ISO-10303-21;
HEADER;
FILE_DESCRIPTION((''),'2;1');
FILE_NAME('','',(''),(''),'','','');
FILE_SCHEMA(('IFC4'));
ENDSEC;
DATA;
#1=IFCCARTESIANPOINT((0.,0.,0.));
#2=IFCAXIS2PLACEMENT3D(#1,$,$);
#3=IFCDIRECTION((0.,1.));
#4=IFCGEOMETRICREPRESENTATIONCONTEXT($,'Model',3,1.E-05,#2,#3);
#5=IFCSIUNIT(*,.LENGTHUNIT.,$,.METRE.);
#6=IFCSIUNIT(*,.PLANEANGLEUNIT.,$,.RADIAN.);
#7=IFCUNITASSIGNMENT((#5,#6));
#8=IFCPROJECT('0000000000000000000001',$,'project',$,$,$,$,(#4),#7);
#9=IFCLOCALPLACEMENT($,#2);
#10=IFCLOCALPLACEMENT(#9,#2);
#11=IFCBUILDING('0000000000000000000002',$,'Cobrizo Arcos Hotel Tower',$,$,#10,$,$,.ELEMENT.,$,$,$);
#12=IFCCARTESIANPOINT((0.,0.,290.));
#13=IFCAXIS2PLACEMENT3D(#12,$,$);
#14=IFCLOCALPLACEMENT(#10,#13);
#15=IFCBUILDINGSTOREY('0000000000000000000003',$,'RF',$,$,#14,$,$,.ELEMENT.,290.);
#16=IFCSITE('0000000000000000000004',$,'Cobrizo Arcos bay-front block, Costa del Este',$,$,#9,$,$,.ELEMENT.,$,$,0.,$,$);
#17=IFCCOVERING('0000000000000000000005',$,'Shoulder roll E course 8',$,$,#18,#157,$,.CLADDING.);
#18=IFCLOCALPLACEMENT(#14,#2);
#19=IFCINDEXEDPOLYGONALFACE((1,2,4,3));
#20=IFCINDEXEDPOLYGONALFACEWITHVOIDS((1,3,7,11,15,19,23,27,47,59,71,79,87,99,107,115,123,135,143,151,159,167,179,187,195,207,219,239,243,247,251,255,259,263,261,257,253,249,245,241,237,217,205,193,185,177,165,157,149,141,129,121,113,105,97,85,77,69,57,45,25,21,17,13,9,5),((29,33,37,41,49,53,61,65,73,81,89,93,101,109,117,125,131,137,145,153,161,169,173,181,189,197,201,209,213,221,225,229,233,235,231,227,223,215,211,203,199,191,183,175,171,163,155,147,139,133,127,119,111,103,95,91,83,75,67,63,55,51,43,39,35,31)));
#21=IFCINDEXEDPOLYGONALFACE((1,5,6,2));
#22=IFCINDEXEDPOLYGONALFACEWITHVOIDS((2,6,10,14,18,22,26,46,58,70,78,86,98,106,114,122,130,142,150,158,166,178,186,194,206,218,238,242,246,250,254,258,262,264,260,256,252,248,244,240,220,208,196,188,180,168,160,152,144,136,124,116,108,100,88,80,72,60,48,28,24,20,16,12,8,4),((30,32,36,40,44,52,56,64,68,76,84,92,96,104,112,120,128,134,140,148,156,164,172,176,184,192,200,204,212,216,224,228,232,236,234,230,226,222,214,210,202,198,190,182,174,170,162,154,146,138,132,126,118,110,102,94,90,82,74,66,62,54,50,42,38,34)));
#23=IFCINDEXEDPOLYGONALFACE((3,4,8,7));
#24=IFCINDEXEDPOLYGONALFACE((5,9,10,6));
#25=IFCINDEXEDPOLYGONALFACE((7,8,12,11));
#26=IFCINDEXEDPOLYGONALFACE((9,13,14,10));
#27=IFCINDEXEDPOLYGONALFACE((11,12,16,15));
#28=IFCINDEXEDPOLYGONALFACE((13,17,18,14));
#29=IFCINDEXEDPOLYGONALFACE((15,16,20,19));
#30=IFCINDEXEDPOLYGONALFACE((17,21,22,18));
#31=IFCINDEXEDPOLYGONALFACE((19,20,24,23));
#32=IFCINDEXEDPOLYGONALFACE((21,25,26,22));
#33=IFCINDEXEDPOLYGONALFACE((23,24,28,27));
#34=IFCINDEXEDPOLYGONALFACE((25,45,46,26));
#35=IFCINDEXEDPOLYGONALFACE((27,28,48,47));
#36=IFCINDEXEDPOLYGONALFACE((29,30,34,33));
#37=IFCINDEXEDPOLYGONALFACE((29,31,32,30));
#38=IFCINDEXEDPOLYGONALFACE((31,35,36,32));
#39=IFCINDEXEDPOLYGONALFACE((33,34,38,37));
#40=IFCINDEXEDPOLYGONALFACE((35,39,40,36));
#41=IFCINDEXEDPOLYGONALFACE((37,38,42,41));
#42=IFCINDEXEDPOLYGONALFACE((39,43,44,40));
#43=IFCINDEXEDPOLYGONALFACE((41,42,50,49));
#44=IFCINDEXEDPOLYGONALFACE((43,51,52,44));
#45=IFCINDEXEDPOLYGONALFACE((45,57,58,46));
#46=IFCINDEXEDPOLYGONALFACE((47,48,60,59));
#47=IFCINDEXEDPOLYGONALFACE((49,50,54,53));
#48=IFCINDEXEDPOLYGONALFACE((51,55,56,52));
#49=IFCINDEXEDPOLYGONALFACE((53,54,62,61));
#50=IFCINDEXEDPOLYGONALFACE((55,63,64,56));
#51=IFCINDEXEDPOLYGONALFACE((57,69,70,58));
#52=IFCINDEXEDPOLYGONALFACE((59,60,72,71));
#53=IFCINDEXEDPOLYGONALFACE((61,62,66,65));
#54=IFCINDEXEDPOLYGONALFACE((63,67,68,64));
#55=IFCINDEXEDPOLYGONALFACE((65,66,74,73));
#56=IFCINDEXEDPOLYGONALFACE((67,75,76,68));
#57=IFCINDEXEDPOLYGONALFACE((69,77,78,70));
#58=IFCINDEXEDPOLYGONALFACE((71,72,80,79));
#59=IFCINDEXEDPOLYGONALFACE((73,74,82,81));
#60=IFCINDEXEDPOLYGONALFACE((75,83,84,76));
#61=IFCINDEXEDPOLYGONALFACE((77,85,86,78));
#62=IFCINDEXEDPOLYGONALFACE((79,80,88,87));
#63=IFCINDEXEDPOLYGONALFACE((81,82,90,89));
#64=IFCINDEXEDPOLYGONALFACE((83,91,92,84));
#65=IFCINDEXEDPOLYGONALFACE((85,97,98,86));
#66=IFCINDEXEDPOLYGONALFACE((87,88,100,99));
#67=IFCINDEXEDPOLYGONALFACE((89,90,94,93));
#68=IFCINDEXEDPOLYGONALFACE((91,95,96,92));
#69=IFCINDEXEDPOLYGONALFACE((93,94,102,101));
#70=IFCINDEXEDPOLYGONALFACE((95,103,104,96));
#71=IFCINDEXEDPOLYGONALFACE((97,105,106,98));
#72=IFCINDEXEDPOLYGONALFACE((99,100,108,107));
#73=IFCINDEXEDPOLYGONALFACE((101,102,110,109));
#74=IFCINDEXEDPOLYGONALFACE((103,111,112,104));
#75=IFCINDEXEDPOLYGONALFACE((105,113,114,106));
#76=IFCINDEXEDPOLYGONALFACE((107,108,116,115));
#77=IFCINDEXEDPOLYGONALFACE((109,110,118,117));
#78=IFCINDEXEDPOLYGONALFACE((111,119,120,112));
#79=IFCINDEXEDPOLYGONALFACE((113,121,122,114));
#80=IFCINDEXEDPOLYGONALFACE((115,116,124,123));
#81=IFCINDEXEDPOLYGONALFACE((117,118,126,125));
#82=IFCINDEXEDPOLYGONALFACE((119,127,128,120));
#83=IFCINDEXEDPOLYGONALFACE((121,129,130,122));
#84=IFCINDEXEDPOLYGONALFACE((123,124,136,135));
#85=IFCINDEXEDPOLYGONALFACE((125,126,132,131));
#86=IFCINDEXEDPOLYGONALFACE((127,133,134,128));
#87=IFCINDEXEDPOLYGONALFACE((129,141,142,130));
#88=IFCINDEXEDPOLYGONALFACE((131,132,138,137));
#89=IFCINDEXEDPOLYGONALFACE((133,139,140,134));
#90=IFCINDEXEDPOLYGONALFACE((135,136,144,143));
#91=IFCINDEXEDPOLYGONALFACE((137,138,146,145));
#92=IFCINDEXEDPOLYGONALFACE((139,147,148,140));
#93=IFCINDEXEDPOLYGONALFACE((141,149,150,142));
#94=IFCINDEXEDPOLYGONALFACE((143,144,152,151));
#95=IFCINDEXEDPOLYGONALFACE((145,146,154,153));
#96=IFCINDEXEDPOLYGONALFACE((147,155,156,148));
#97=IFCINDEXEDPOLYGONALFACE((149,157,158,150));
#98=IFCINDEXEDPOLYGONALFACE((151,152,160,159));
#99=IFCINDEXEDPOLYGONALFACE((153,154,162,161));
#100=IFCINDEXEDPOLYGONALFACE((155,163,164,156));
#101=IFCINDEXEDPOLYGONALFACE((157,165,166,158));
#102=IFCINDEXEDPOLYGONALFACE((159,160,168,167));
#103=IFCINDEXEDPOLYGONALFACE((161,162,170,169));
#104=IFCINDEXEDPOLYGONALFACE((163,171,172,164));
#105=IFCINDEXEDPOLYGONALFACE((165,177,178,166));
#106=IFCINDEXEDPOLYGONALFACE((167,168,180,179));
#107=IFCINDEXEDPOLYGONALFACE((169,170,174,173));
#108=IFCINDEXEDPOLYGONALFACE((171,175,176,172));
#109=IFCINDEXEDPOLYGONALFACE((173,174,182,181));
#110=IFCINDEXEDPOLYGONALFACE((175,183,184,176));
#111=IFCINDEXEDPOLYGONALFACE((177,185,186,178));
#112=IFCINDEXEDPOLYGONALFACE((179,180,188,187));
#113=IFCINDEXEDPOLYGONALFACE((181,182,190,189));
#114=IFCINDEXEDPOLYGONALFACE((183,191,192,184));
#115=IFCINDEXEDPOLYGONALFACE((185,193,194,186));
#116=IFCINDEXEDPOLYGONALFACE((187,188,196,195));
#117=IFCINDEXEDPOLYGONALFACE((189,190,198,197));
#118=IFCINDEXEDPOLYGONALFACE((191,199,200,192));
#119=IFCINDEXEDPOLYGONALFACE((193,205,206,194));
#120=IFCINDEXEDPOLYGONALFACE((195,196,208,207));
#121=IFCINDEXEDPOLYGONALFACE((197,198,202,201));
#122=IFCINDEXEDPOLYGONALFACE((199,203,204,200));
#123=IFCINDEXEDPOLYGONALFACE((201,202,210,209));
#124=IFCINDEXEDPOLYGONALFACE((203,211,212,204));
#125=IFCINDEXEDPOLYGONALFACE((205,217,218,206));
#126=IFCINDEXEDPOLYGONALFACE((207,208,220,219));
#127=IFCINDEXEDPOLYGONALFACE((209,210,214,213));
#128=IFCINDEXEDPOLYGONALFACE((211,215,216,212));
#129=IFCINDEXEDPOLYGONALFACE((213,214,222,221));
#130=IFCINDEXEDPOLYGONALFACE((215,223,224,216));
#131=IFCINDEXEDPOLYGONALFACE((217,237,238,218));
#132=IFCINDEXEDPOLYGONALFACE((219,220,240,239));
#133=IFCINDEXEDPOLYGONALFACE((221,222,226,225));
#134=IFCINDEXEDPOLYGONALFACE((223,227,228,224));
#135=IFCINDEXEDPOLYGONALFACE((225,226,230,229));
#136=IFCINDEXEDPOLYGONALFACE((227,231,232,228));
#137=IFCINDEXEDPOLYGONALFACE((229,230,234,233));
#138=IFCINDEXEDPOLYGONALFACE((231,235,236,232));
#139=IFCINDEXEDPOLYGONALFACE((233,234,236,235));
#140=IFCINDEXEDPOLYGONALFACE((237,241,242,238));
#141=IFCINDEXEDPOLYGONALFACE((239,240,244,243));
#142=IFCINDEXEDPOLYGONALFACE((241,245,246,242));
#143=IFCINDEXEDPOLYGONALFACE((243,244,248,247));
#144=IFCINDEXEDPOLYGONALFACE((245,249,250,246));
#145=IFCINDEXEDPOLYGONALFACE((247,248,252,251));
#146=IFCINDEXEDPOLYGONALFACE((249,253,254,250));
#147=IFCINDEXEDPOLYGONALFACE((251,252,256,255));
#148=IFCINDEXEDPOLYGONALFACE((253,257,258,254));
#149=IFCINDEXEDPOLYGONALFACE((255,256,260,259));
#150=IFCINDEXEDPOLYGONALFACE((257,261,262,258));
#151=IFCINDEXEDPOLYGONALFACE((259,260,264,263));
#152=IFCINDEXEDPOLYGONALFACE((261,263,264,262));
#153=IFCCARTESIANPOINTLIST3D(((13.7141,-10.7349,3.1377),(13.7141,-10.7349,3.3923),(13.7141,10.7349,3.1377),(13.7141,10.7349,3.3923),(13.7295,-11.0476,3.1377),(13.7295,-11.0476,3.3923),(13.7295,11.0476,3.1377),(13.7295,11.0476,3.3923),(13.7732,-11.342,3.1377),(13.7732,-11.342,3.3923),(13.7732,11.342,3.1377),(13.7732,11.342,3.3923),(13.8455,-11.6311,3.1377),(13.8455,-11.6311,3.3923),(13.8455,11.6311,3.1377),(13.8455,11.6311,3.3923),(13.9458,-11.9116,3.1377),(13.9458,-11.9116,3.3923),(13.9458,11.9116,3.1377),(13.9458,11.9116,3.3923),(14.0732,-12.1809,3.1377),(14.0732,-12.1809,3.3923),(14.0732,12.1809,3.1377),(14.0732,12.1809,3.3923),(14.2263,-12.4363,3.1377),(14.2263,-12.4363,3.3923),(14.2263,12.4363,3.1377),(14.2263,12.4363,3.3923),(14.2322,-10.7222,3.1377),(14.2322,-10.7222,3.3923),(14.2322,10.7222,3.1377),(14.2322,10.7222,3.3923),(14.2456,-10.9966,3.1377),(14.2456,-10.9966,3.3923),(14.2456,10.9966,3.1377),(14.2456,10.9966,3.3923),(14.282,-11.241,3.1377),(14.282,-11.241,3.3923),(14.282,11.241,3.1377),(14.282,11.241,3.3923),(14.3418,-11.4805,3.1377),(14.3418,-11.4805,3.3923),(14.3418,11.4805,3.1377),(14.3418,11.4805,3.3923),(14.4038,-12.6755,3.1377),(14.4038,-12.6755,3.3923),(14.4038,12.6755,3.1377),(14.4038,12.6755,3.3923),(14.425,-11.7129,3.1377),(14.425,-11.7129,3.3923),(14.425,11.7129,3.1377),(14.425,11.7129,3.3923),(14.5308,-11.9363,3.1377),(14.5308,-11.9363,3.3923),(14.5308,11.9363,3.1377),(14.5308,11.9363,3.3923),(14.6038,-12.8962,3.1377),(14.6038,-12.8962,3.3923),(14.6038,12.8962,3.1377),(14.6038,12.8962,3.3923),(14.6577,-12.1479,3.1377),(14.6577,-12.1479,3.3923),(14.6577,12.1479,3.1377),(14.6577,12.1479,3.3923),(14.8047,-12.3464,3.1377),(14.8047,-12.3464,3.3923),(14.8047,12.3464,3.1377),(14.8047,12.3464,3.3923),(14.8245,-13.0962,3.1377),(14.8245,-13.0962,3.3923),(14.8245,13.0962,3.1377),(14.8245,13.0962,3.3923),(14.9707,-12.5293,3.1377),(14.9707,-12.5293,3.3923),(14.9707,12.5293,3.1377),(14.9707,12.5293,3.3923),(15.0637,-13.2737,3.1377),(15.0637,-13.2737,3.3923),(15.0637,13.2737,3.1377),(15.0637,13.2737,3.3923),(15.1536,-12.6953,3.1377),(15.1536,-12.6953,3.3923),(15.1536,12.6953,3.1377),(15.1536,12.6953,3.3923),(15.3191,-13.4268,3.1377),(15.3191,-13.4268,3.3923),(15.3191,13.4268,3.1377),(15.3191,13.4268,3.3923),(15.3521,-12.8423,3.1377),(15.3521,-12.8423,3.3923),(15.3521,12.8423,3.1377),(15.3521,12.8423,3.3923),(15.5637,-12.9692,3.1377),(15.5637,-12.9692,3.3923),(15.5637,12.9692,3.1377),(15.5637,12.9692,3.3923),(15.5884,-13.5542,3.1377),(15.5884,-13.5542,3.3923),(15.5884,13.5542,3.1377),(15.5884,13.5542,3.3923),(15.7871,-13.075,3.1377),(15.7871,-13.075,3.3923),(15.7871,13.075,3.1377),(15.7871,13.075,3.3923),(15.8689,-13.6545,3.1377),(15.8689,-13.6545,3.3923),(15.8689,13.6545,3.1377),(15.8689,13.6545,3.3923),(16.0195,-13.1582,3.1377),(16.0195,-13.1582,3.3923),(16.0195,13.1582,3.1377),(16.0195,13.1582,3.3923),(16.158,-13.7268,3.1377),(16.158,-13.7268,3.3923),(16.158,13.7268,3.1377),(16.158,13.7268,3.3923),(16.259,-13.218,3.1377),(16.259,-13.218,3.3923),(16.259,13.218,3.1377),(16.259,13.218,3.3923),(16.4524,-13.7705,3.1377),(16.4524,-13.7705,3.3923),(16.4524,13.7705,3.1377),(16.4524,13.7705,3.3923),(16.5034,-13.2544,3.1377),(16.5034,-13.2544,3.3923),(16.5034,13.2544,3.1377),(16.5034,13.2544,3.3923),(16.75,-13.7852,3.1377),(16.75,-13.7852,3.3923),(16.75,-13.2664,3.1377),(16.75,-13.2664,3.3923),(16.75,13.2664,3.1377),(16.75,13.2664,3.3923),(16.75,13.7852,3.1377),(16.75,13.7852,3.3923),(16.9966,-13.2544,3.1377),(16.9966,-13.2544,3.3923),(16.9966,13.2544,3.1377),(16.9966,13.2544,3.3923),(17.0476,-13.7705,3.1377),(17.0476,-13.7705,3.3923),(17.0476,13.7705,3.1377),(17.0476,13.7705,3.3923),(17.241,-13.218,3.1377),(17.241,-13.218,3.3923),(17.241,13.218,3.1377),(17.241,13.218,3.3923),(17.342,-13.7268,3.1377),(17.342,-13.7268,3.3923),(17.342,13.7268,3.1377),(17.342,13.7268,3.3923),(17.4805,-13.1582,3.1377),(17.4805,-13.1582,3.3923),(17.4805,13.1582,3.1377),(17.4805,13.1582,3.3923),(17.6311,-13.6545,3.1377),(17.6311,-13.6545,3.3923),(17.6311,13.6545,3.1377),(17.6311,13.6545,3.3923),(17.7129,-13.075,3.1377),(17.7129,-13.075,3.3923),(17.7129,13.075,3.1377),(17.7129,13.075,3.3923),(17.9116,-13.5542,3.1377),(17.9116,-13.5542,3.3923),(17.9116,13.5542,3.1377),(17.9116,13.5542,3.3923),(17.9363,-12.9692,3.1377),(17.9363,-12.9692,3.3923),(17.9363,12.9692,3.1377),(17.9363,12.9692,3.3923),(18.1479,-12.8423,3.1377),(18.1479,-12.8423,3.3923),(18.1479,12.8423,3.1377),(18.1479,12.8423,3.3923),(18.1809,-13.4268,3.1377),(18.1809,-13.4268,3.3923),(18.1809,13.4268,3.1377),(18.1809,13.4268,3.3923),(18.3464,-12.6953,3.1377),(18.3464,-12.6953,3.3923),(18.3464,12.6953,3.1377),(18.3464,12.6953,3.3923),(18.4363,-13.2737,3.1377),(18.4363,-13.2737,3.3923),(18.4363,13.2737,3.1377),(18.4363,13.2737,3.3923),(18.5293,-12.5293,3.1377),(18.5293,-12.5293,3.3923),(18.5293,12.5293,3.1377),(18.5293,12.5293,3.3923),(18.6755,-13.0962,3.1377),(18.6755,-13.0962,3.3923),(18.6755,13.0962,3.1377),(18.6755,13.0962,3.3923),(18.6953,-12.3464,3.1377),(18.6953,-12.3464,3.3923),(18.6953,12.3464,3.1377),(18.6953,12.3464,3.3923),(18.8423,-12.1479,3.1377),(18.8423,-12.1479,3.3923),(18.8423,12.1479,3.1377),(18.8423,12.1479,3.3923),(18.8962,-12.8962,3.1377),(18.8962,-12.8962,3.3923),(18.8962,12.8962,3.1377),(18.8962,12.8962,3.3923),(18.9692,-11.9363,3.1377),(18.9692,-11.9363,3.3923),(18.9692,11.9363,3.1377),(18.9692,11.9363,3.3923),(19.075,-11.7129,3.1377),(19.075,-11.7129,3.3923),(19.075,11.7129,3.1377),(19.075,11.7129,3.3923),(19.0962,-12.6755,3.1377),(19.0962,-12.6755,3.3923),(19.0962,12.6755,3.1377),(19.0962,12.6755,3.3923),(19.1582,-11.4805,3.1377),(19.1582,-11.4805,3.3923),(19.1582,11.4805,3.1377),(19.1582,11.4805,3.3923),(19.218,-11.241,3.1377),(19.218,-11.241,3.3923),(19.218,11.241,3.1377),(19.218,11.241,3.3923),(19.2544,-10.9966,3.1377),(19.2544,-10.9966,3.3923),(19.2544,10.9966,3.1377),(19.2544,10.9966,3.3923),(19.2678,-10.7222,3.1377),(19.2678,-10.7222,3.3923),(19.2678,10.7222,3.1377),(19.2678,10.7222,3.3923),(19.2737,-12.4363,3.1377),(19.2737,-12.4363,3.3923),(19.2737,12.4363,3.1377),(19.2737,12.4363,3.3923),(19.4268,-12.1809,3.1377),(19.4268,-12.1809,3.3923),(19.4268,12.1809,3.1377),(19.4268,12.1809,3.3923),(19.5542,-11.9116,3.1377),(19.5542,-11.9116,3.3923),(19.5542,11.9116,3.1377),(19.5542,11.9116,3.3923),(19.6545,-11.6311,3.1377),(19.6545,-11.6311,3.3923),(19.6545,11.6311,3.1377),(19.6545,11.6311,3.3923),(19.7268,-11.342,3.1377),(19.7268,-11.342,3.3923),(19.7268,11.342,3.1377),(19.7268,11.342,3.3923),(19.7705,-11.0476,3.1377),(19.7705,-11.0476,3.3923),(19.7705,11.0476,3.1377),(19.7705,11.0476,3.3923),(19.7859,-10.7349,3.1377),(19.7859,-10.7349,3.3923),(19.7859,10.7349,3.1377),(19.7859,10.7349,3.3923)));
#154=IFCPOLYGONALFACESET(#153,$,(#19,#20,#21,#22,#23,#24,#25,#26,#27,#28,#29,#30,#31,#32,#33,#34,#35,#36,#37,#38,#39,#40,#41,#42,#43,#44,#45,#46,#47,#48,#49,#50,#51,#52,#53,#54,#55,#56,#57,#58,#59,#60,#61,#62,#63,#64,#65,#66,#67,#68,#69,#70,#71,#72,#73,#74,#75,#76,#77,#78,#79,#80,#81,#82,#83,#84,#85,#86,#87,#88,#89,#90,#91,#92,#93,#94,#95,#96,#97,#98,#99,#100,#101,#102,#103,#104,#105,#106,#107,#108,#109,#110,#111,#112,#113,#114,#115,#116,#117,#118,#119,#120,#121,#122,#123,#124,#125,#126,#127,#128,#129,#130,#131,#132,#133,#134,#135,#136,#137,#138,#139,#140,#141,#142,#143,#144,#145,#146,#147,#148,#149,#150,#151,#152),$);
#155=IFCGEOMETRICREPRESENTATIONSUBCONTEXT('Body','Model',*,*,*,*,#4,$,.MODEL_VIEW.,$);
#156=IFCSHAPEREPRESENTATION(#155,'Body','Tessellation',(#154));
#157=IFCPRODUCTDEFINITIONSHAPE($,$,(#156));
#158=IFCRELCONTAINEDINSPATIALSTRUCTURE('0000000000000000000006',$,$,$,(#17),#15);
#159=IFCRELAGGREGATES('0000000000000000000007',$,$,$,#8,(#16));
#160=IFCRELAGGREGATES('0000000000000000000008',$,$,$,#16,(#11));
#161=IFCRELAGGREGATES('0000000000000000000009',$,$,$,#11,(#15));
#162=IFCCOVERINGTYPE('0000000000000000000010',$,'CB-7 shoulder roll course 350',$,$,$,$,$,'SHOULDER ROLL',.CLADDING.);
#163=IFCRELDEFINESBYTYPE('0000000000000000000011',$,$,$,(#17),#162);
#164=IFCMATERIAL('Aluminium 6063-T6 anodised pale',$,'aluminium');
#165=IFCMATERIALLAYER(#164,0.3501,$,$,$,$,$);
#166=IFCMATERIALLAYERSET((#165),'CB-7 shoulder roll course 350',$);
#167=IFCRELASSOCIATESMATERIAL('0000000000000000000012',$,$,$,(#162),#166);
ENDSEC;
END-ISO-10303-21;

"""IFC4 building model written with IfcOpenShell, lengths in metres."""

from ifc_helpers import new_model, si_unit, direction, frame, origin, place, context, subcontext, project, spatial, polyline, outline, extrude, material, layer, layer_set, type_object, element, save


model = new_model("IFC4")

# Units and contexts
model_context = context("Model", 3, precision=1e-05, world=origin(), true_north=direction((0.0, 1.0)))
body_context = subcontext(model_context, "Body", "Model", "MODEL_VIEW")
ifc_project = project(units=[si_unit("LENGTHUNIT", "METRE"), si_unit("PLANEANGLEUNIT", "RADIAN")], contexts=[model_context])

# Site, building, storey
site_placement = place(None, origin())
site = spatial("IfcSite", under=ifc_project, at=site_placement, Name="Cobrizo Arcos bay-front block, Costa del Este", CompositionType="ELEMENT", RefElevation=0.0)
building_placement = place(site_placement, origin())
building = spatial("IfcBuilding", under=site, at=building_placement, Name="Cobrizo Arcos Hotel Tower", CompositionType="ELEMENT")
storey_placement = place(building_placement, frame((0.0, 0.0, 290.0)))
storey = spatial("IfcBuildingStorey", under=building, at=storey_placement, Name="RF", CompositionType="ELEMENT", Elevation=290.0)

# Covering
ifc_material_1 = material(Name="Aluminium 6063-T6 anodised pale", Category="aluminium")
ifc_layer_1 = layer(ifc_material_1, 0.3501)
ifc_layer_set_1 = layer_set([ifc_layer_1], Name="CB-7 shoulder roll course 350")
covering_type_1 = type_object("IfcCoveringType", Name="CB-7 shoulder roll course 350", ElementType="SHOULDER ROLL", PredefinedType="CLADDING", material=ifc_layer_set_1)
covering_1_placement = place(storey_placement, frame((0.0, 0.0, 3.1377)))
element("IfcCovering", 1, at=covering_1_placement, inside=storey, type_object=covering_type_1, Name="Shoulder roll E course 8", PredefinedType="CLADDING", context=body_context, shape_type="SweptSolid", body=[
    extrude(outline(polyline([(13.7141, 10.7349), (13.7295, 11.0476), (13.7732, 11.342), (13.8455, 11.6311), (13.9458, 11.9116), (14.0732, 12.1809), (14.2263, 12.4363), (14.4038, 12.6755), (14.6038, 12.8962), (14.8245, 13.0962), (15.0637, 13.2737), (15.3191, 13.4268), (15.5884, 13.5542), (15.8689, 13.6545), (16.158, 13.7268), (16.4524, 13.7705), (16.75, 13.7852), (17.0476, 13.7705), (17.342, 13.7268), (17.6311, 13.6545), (17.9116, 13.5542), (18.1809, 13.4268), (18.4363, 13.2737), (18.6755, 13.0962), (18.8962, 12.8962), (19.0962, 12.6755), (19.2737, 12.4363), (19.4268, 12.1809), (19.5542, 11.9116), (19.6545, 11.6311), (19.7268, 11.342), (19.7705, 11.0476), (19.7859, 10.7349), (19.7859, -10.7349), (19.7705, -11.0476), (19.7268, -11.342), (19.6545, -11.6311), (19.5542, -11.9116), (19.4268, -12.1809), (19.2737, -12.4363), (19.0962, -12.6755), (18.8962, -12.8962), (18.6755, -13.0962), (18.4363, -13.2737), (18.1809, -13.4268), (17.9116, -13.5542), (17.6311, -13.6545), (17.342, -13.7268), (17.0476, -13.7705), (16.75, -13.7852), (16.4524, -13.7705), (16.158, -13.7268), (15.8689, -13.6545), (15.5884, -13.5542), (15.3191, -13.4268), (15.0637, -13.2737), (14.8245, -13.0962), (14.6038, -12.8962), (14.4038, -12.6755), (14.2263, -12.4363), (14.0732, -12.1809), (13.9458, -11.9116), (13.8455, -11.6311), (13.7732, -11.342), (13.7295, -11.0476), (13.7141, -10.7349), (13.7141, 10.7349)]), holes=[polyline([(14.2322, 10.7222), (14.2456, 10.9966), (14.282, 11.241), (14.3418, 11.4805), (14.425, 11.7129), (14.5308, 11.9363), (14.6577, 12.1479), (14.8047, 12.3464), (14.9707, 12.5293), (15.1536, 12.6953), (15.3521, 12.8423), (15.5637, 12.9692), (15.7871, 13.075), (16.0195, 13.1582), (16.259, 13.218), (16.5034, 13.2544), (16.75, 13.2664), (16.9966, 13.2544), (17.241, 13.218), (17.4805, 13.1582), (17.7129, 13.075), (17.9363, 12.9692), (18.1479, 12.8423), (18.3464, 12.6953), (18.5293, 12.5293), (18.6953, 12.3464), (18.8423, 12.1479), (18.9692, 11.9363), (19.075, 11.7129), (19.1582, 11.4805), (19.218, 11.241), (19.2544, 10.9966), (19.2678, 10.7222), (19.2678, -10.7222), (19.2544, -10.9966), (19.218, -11.241), (19.1582, -11.4805), (19.075, -11.7129), (18.9692, -11.9363), (18.8423, -12.1479), (18.6953, -12.3464), (18.5293, -12.5293), (18.3464, -12.6953), (18.1479, -12.8423), (17.9363, -12.9692), (17.7129, -13.075), (17.4805, -13.1582), (17.241, -13.218), (16.9966, -13.2544), (16.75, -13.2664), (16.5034, -13.2544), (16.259, -13.218), (16.0195, -13.1582), (15.7871, -13.075), (15.5637, -12.9692), (15.3521, -12.8423), (15.1536, -12.6953), (14.9707, -12.5293), (14.8047, -12.3464), (14.6577, -12.1479), (14.5308, -11.9363), (14.425, -11.7129), (14.3418, -11.4805), (14.282, -11.241), (14.2456, -10.9966), (14.2322, -10.7222), (14.2322, 10.7222)])]), origin(), (0.0, 0.0, 1.0), 0.2546),
])

save(model, "model.ifc")
